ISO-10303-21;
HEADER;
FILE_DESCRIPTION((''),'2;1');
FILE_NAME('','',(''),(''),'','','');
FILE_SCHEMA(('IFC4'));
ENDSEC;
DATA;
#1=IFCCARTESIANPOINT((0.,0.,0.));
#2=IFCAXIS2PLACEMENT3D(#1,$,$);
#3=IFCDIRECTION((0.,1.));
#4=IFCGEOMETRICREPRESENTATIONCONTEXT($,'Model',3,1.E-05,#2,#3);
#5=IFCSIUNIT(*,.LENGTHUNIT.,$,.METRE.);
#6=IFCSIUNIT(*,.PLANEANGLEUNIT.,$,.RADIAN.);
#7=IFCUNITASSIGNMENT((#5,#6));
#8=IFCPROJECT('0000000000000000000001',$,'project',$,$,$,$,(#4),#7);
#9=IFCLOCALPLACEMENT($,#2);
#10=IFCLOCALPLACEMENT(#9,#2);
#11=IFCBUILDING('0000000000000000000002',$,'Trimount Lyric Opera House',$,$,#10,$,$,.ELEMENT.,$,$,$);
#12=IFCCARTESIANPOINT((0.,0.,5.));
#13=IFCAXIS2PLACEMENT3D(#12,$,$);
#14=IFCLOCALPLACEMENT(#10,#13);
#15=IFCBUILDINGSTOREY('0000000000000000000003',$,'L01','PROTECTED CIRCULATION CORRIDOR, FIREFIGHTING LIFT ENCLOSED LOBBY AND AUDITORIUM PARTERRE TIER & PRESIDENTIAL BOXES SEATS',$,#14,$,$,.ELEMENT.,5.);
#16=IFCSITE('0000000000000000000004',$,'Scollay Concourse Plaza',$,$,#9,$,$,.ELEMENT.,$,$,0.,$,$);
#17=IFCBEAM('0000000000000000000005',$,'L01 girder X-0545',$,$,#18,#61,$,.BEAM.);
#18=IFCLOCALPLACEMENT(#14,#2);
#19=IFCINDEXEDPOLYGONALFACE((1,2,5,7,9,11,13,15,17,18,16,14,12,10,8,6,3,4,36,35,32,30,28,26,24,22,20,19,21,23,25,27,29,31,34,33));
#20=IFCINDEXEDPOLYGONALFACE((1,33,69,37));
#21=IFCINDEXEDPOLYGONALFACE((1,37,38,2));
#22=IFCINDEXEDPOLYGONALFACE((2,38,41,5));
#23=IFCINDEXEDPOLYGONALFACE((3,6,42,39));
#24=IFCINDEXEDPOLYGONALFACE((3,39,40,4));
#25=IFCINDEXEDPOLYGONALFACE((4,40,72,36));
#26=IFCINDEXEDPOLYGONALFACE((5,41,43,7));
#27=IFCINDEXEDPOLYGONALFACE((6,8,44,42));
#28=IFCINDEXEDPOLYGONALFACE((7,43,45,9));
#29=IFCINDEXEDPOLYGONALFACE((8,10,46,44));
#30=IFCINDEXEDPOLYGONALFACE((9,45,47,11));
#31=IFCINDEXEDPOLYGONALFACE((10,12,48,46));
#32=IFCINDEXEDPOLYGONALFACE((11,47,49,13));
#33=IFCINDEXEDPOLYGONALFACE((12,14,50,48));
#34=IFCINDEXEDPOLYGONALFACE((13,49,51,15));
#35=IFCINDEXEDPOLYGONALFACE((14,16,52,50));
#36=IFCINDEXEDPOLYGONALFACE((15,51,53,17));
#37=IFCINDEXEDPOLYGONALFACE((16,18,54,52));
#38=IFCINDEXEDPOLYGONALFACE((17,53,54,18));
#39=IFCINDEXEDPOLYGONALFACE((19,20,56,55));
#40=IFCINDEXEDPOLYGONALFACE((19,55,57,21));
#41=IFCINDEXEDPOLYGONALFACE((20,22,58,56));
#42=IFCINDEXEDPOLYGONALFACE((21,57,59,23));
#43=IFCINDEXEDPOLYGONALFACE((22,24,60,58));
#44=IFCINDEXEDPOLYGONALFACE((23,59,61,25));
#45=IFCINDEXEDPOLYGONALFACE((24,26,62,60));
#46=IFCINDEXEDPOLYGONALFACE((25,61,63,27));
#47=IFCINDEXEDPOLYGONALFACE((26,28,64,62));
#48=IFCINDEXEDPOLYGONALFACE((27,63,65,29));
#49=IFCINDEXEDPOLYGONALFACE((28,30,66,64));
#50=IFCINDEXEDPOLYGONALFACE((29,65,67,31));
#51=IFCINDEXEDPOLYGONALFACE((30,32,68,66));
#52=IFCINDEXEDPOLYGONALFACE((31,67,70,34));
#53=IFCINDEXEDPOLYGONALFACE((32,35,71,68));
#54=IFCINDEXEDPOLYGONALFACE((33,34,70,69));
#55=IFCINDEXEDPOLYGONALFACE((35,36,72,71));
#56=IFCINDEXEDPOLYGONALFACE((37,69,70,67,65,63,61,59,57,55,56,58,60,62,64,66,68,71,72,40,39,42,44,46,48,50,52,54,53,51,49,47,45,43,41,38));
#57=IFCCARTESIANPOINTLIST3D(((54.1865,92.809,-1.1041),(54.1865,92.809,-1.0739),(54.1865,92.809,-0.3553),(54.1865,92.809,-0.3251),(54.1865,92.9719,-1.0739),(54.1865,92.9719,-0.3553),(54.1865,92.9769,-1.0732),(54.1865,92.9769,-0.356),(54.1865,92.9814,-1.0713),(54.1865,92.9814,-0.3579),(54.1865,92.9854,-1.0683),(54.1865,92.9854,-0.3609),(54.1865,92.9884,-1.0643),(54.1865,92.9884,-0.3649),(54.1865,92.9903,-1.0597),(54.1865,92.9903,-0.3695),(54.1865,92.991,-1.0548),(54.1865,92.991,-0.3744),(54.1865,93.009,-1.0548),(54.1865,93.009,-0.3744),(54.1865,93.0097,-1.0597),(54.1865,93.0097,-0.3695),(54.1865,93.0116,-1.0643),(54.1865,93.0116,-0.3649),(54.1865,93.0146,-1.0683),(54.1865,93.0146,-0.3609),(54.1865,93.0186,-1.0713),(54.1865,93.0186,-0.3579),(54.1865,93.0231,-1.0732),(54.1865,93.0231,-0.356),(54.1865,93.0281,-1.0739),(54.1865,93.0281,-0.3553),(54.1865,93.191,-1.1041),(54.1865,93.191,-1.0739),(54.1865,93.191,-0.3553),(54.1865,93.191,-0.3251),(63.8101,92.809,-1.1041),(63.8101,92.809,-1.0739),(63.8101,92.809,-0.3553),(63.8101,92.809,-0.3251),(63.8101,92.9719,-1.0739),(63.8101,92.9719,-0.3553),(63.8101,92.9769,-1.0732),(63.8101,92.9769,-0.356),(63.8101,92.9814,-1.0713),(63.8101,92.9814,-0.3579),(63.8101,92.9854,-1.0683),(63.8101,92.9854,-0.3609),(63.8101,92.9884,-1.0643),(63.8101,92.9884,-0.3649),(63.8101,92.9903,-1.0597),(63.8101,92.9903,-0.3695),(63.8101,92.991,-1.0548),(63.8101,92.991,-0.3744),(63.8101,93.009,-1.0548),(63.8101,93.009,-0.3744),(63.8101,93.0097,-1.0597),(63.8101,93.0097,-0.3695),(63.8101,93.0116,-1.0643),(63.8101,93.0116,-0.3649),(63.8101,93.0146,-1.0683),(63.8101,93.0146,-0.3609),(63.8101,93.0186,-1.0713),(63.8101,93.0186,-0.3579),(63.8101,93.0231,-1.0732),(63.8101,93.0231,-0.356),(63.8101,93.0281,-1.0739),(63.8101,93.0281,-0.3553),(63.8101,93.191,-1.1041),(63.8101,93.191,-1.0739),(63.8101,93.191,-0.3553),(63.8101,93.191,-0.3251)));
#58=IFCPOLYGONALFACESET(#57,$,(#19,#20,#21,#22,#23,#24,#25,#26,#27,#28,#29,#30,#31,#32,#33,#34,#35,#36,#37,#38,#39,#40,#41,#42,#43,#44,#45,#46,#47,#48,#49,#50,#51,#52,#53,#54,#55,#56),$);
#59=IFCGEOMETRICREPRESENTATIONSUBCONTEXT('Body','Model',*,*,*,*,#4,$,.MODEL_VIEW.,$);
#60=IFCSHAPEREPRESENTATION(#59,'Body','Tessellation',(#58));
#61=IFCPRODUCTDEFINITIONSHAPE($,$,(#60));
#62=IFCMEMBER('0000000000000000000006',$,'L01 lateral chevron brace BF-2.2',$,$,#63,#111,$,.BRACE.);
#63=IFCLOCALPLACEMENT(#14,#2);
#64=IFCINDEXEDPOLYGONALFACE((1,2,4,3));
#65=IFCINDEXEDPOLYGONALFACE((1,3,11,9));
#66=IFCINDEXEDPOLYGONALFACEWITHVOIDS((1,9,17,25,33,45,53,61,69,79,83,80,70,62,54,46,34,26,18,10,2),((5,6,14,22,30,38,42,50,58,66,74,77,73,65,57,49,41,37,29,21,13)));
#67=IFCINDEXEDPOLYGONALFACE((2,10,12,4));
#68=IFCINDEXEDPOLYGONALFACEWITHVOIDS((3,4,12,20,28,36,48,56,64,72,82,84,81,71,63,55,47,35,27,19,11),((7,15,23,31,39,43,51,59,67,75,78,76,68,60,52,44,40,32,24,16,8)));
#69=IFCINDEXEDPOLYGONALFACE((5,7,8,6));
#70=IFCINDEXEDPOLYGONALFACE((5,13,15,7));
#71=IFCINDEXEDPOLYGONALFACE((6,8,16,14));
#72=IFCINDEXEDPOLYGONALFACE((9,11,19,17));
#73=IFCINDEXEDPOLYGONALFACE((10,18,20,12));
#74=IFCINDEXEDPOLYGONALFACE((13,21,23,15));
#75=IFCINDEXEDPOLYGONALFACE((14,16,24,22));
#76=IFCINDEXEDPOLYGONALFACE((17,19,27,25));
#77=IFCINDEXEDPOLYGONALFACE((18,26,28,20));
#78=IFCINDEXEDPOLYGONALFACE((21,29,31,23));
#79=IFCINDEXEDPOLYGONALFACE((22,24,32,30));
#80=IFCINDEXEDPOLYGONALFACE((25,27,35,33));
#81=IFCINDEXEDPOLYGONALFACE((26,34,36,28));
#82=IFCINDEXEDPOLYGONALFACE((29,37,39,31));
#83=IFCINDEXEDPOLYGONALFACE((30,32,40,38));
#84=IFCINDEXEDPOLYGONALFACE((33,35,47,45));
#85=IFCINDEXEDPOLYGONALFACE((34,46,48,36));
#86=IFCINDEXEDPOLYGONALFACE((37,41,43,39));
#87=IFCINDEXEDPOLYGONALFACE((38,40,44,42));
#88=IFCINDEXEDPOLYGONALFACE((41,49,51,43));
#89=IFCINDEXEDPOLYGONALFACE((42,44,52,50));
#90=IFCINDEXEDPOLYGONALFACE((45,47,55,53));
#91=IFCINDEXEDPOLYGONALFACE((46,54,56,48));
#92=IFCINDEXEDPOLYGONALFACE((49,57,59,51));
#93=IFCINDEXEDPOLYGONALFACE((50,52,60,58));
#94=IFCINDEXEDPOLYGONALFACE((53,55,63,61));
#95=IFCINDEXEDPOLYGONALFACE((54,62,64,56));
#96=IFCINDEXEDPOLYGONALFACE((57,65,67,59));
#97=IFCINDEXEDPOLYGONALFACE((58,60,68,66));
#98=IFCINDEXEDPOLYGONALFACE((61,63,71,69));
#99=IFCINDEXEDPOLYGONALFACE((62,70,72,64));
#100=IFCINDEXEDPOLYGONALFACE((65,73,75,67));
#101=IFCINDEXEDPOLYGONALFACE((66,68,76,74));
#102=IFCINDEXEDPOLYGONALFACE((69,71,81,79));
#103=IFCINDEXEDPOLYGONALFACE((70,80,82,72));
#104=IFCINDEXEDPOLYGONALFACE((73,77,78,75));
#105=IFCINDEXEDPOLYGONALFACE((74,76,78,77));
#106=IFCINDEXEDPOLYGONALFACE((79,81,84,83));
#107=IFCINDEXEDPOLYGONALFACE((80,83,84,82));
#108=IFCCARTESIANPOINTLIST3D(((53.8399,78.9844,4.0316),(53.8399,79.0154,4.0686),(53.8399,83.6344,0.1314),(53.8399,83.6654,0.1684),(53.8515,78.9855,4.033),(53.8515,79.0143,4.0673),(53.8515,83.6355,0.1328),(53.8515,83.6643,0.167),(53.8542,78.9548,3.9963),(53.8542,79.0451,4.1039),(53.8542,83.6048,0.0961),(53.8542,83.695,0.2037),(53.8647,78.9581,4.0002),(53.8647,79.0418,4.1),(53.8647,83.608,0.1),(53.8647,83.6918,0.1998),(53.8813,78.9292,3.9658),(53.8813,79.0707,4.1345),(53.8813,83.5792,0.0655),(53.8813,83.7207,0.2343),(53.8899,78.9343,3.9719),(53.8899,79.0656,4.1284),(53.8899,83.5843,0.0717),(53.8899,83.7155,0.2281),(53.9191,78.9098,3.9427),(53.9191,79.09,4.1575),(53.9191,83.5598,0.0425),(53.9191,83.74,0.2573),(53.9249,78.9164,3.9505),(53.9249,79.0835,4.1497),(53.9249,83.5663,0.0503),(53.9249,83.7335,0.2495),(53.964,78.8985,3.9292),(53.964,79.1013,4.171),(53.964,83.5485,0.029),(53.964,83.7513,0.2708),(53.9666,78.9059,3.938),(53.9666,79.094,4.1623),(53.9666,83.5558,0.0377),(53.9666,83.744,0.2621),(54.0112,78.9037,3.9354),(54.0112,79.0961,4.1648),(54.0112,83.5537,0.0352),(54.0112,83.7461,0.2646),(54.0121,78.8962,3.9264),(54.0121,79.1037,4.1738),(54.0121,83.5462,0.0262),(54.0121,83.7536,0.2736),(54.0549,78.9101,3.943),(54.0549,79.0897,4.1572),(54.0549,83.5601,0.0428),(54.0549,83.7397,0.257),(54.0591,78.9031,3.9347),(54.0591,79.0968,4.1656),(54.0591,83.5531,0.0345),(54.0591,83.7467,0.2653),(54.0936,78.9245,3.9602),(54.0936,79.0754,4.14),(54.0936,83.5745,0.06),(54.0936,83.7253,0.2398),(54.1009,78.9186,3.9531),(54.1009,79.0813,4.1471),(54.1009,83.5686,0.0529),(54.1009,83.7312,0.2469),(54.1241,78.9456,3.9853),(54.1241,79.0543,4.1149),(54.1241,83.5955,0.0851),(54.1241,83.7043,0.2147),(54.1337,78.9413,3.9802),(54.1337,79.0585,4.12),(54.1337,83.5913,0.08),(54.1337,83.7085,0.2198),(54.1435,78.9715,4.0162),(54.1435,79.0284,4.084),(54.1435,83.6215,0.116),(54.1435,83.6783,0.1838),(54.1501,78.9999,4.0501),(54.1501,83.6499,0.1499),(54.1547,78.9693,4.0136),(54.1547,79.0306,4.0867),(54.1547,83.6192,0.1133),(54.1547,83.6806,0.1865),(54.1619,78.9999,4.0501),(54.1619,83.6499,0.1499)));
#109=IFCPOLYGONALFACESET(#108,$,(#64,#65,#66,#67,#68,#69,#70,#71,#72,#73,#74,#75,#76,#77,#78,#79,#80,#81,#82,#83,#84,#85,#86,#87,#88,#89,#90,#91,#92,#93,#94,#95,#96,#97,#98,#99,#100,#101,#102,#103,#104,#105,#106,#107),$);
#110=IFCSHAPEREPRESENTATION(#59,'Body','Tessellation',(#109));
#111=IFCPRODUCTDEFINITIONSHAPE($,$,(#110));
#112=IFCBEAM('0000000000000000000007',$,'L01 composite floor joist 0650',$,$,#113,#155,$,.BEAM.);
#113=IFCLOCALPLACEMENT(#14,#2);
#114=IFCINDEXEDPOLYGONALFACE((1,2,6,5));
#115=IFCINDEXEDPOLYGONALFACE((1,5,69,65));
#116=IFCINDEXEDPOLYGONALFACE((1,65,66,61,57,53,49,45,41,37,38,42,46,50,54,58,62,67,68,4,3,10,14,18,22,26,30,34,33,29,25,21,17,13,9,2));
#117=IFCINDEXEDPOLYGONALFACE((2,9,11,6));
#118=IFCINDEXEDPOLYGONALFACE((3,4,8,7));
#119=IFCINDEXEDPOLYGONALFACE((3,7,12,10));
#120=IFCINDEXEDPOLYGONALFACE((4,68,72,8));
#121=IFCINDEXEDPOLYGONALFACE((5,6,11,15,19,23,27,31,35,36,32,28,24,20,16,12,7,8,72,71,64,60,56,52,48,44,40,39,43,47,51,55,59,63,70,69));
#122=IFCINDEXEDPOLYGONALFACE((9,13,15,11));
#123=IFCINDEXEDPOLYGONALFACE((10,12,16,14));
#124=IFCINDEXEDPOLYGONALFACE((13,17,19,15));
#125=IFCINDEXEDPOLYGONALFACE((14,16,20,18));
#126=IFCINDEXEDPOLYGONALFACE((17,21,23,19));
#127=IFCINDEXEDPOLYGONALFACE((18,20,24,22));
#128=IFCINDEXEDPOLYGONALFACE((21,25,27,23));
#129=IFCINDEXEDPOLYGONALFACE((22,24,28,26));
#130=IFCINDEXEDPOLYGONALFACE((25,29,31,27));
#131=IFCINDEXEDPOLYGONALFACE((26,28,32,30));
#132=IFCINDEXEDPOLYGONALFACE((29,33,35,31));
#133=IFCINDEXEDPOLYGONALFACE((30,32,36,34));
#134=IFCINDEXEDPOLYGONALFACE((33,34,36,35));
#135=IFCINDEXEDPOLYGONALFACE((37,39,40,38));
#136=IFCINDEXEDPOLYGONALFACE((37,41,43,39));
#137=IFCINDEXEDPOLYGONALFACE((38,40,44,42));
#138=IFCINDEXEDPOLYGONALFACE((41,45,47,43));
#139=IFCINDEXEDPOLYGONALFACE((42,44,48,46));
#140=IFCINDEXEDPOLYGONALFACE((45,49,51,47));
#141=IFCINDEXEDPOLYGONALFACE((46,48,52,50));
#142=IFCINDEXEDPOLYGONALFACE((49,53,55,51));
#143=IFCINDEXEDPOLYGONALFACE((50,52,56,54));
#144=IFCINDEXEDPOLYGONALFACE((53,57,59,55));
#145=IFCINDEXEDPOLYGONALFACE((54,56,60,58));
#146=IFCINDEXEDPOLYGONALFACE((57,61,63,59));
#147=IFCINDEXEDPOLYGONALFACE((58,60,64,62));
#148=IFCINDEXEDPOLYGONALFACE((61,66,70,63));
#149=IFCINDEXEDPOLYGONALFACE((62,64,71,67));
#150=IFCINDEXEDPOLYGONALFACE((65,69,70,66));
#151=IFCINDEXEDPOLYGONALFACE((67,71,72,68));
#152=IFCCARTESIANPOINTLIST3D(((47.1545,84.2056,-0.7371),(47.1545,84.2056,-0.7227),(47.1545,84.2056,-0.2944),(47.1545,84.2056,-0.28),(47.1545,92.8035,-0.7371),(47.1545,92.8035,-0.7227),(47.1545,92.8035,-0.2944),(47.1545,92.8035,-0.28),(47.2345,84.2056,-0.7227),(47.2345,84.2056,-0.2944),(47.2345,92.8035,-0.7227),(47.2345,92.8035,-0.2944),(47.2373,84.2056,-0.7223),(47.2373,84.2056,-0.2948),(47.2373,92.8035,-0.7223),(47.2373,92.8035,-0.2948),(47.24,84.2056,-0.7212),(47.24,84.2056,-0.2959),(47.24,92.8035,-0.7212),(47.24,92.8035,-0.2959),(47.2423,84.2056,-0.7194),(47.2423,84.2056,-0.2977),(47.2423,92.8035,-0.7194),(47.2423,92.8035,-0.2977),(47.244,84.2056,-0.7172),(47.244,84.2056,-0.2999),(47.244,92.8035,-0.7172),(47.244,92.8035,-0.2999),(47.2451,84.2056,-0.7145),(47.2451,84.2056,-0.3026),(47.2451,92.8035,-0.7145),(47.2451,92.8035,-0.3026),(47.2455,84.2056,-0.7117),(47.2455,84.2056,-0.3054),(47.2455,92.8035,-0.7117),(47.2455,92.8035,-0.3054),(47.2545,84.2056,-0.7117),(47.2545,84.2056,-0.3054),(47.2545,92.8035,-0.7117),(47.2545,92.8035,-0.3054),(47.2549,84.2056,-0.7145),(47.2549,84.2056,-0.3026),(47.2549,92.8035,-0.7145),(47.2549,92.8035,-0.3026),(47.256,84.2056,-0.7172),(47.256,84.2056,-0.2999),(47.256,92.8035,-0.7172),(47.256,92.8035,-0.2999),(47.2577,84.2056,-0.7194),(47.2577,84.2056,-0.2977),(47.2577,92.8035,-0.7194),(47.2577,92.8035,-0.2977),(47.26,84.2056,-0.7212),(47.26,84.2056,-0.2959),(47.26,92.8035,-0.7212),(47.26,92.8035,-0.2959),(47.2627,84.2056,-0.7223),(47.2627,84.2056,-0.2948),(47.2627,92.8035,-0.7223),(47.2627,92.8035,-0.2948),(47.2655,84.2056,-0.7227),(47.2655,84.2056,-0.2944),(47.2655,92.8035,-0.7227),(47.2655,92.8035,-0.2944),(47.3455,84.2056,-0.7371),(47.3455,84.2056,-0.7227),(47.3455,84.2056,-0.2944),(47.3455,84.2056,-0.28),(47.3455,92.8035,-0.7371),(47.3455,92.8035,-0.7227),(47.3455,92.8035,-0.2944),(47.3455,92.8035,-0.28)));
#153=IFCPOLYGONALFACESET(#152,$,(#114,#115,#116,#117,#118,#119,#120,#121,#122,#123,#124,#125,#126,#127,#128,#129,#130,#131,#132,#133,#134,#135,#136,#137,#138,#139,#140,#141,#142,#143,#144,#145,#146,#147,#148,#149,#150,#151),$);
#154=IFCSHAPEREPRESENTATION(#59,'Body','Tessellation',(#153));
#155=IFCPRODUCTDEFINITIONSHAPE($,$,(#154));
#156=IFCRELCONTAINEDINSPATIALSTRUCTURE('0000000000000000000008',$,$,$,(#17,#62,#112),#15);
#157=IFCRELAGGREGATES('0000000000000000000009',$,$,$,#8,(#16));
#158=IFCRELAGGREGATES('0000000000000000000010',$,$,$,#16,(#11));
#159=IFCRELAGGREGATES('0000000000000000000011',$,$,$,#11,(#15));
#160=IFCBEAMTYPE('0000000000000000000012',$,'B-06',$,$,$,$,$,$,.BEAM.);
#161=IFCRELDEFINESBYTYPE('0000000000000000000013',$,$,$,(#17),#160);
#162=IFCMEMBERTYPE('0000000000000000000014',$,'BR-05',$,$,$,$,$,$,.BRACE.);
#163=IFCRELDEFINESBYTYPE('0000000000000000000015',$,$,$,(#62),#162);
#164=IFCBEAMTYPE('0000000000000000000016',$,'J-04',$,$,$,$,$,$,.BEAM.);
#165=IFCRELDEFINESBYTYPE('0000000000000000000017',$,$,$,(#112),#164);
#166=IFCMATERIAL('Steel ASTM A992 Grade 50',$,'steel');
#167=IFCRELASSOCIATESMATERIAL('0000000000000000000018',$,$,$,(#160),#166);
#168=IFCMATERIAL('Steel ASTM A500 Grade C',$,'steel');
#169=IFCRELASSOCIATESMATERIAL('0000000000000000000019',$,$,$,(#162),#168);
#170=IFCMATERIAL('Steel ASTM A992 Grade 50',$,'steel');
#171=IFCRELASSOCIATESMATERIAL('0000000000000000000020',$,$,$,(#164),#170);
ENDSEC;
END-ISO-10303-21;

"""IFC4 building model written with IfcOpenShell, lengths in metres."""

from ifc_helpers import new_model, si_unit, direction, frame, origin, origin_2d, place, context, subcontext, project, spatial, hollow_circle, i_section, extrude, material, material_profile, profile_set, type_object, element, save


model = new_model("IFC4")

# Units and contexts
model_context = context("Model", 3, precision=1e-05, world=origin(), true_north=direction((0.0, 1.0)))
body_context = subcontext(model_context, "Body", "Model", "MODEL_VIEW")
ifc_project = project(units=[si_unit("LENGTHUNIT", "METRE"), si_unit("PLANEANGLEUNIT", "RADIAN")], contexts=[model_context])

# Site, building, storey
site_placement = place(None, origin())
site = spatial("IfcSite", under=ifc_project, at=site_placement, Name="Scollay Concourse Plaza", CompositionType="ELEMENT", RefElevation=0.0)
building_placement = place(site_placement, origin())
building = spatial("IfcBuilding", under=site, at=building_placement, Name="Trimount Lyric Opera House", CompositionType="ELEMENT")
storey_placement = place(building_placement, frame((0.0, 0.0, 5.0)))
storey = spatial("IfcBuildingStorey", under=building, at=storey_placement, Name="L01", Description="PROTECTED CIRCULATION CORRIDOR, FIREFIGHTING LIFT ENCLOSED LOBBY AND AUDITORIUM PARTERRE TIER & PRESIDENTIAL BOXES SEATS", CompositionType="ELEMENT", Elevation=5.0)

# Beam
ifc_material_1 = material(Name="Steel ASTM A992 Grade 50", Category="steel")
ifc_material_profile_1 = material_profile(ifc_material_1, i_section(OverallWidth=0.3821, OverallDepth=0.7791, WebThickness=0.0181, FlangeThickness=0.0303, FilletRadius=0.019, at=origin_2d()), Name="W30X191")
ifc_profile_set_1 = profile_set([ifc_material_profile_1], Name="Steel ASTM A992 Grade 50")
beam_type_1 = type_object("IfcBeamType", Name="B-06", PredefinedType="BEAM", material=ifc_profile_set_1)
beam_1_placement = place(storey_placement, frame((54.1865, 93.0, -0.7146), z_axis=(1.0, 0.0, 0.0), x_axis=(0.0, 1.0, 0.0)))
element("IfcBeam", 1, at=beam_1_placement, inside=storey, type_object=beam_type_1, Name="L01 girder X-0545", PredefinedType="BEAM", context=body_context, shape_type="SweptSolid", body=[
    extrude(i_section(OverallWidth=0.3821, OverallDepth=0.7791, WebThickness=0.0181, FlangeThickness=0.0303, FilletRadius=0.019, at=origin_2d()), origin(), (0.0, 0.0, 1.0), 9.6235),
])

# Member
ifc_material_2 = material(Name="Steel ASTM A500 Grade C", Category="steel")
ifc_material_profile_2 = material_profile(ifc_material_2, hollow_circle(Radius=0.1619, WallThickness=0.0117, at=origin_2d()), Name="HSS323.9X12.7")
ifc_profile_set_2 = profile_set([ifc_material_profile_2], Name="Steel ASTM A500 Grade C")
member_type_1 = type_object("IfcMemberType", Name="BR-05", PredefinedType="BRACE", material=ifc_profile_set_2)
member_1_placement = place(storey_placement, frame((54.0, 83.6499, 0.1499), z_axis=(0.0, -0.766173, 0.642634), x_axis=(1.0, 0.0, 0.0)))
element("IfcMember", 2, at=member_1_placement, inside=storey, type_object=member_type_1, Name="L01 lateral chevron brace BF-2.2", PredefinedType="BRACE", context=body_context, shape_type="SweptSolid", body=[
    extrude(hollow_circle(Radius=0.1619, WallThickness=0.0117, at=origin_2d()), origin(), (0.0, 0.0, 1.0), 6.0691),
])

# Beam
ifc_material_3 = material(Name="Steel ASTM A992 Grade 50", Category="steel")
ifc_material_profile_3 = material_profile(ifc_material_3, i_section(OverallWidth=0.1909, OverallDepth=0.457, WebThickness=0.009, FlangeThickness=0.0144, FilletRadius=0.011, at=origin_2d()), Name="W18X50")
ifc_profile_set_3 = profile_set([ifc_material_profile_3], Name="Steel ASTM A992 Grade 50")
beam_type_2 = type_object("IfcBeamType", Name="J-04", PredefinedType="BEAM", material=ifc_profile_set_3)
beam_2_placement = place(storey_placement, frame((47.25, 84.2056, -0.5085), z_axis=(0.0, 1.0, 0.0), x_axis=(-1.0, 0.0, 0.0)))
element("IfcBeam", 3, at=beam_2_placement, inside=storey, type_object=beam_type_2, Name="L01 composite floor joist 0650", PredefinedType="BEAM", context=body_context, shape_type="SweptSolid", body=[
    extrude(i_section(OverallWidth=0.1909, OverallDepth=0.457, WebThickness=0.009, FlangeThickness=0.0144, FilletRadius=0.011, at=origin_2d()), origin(), (0.0, 0.0, 1.0), 8.5979),
])

save(model, "model.ifc")
